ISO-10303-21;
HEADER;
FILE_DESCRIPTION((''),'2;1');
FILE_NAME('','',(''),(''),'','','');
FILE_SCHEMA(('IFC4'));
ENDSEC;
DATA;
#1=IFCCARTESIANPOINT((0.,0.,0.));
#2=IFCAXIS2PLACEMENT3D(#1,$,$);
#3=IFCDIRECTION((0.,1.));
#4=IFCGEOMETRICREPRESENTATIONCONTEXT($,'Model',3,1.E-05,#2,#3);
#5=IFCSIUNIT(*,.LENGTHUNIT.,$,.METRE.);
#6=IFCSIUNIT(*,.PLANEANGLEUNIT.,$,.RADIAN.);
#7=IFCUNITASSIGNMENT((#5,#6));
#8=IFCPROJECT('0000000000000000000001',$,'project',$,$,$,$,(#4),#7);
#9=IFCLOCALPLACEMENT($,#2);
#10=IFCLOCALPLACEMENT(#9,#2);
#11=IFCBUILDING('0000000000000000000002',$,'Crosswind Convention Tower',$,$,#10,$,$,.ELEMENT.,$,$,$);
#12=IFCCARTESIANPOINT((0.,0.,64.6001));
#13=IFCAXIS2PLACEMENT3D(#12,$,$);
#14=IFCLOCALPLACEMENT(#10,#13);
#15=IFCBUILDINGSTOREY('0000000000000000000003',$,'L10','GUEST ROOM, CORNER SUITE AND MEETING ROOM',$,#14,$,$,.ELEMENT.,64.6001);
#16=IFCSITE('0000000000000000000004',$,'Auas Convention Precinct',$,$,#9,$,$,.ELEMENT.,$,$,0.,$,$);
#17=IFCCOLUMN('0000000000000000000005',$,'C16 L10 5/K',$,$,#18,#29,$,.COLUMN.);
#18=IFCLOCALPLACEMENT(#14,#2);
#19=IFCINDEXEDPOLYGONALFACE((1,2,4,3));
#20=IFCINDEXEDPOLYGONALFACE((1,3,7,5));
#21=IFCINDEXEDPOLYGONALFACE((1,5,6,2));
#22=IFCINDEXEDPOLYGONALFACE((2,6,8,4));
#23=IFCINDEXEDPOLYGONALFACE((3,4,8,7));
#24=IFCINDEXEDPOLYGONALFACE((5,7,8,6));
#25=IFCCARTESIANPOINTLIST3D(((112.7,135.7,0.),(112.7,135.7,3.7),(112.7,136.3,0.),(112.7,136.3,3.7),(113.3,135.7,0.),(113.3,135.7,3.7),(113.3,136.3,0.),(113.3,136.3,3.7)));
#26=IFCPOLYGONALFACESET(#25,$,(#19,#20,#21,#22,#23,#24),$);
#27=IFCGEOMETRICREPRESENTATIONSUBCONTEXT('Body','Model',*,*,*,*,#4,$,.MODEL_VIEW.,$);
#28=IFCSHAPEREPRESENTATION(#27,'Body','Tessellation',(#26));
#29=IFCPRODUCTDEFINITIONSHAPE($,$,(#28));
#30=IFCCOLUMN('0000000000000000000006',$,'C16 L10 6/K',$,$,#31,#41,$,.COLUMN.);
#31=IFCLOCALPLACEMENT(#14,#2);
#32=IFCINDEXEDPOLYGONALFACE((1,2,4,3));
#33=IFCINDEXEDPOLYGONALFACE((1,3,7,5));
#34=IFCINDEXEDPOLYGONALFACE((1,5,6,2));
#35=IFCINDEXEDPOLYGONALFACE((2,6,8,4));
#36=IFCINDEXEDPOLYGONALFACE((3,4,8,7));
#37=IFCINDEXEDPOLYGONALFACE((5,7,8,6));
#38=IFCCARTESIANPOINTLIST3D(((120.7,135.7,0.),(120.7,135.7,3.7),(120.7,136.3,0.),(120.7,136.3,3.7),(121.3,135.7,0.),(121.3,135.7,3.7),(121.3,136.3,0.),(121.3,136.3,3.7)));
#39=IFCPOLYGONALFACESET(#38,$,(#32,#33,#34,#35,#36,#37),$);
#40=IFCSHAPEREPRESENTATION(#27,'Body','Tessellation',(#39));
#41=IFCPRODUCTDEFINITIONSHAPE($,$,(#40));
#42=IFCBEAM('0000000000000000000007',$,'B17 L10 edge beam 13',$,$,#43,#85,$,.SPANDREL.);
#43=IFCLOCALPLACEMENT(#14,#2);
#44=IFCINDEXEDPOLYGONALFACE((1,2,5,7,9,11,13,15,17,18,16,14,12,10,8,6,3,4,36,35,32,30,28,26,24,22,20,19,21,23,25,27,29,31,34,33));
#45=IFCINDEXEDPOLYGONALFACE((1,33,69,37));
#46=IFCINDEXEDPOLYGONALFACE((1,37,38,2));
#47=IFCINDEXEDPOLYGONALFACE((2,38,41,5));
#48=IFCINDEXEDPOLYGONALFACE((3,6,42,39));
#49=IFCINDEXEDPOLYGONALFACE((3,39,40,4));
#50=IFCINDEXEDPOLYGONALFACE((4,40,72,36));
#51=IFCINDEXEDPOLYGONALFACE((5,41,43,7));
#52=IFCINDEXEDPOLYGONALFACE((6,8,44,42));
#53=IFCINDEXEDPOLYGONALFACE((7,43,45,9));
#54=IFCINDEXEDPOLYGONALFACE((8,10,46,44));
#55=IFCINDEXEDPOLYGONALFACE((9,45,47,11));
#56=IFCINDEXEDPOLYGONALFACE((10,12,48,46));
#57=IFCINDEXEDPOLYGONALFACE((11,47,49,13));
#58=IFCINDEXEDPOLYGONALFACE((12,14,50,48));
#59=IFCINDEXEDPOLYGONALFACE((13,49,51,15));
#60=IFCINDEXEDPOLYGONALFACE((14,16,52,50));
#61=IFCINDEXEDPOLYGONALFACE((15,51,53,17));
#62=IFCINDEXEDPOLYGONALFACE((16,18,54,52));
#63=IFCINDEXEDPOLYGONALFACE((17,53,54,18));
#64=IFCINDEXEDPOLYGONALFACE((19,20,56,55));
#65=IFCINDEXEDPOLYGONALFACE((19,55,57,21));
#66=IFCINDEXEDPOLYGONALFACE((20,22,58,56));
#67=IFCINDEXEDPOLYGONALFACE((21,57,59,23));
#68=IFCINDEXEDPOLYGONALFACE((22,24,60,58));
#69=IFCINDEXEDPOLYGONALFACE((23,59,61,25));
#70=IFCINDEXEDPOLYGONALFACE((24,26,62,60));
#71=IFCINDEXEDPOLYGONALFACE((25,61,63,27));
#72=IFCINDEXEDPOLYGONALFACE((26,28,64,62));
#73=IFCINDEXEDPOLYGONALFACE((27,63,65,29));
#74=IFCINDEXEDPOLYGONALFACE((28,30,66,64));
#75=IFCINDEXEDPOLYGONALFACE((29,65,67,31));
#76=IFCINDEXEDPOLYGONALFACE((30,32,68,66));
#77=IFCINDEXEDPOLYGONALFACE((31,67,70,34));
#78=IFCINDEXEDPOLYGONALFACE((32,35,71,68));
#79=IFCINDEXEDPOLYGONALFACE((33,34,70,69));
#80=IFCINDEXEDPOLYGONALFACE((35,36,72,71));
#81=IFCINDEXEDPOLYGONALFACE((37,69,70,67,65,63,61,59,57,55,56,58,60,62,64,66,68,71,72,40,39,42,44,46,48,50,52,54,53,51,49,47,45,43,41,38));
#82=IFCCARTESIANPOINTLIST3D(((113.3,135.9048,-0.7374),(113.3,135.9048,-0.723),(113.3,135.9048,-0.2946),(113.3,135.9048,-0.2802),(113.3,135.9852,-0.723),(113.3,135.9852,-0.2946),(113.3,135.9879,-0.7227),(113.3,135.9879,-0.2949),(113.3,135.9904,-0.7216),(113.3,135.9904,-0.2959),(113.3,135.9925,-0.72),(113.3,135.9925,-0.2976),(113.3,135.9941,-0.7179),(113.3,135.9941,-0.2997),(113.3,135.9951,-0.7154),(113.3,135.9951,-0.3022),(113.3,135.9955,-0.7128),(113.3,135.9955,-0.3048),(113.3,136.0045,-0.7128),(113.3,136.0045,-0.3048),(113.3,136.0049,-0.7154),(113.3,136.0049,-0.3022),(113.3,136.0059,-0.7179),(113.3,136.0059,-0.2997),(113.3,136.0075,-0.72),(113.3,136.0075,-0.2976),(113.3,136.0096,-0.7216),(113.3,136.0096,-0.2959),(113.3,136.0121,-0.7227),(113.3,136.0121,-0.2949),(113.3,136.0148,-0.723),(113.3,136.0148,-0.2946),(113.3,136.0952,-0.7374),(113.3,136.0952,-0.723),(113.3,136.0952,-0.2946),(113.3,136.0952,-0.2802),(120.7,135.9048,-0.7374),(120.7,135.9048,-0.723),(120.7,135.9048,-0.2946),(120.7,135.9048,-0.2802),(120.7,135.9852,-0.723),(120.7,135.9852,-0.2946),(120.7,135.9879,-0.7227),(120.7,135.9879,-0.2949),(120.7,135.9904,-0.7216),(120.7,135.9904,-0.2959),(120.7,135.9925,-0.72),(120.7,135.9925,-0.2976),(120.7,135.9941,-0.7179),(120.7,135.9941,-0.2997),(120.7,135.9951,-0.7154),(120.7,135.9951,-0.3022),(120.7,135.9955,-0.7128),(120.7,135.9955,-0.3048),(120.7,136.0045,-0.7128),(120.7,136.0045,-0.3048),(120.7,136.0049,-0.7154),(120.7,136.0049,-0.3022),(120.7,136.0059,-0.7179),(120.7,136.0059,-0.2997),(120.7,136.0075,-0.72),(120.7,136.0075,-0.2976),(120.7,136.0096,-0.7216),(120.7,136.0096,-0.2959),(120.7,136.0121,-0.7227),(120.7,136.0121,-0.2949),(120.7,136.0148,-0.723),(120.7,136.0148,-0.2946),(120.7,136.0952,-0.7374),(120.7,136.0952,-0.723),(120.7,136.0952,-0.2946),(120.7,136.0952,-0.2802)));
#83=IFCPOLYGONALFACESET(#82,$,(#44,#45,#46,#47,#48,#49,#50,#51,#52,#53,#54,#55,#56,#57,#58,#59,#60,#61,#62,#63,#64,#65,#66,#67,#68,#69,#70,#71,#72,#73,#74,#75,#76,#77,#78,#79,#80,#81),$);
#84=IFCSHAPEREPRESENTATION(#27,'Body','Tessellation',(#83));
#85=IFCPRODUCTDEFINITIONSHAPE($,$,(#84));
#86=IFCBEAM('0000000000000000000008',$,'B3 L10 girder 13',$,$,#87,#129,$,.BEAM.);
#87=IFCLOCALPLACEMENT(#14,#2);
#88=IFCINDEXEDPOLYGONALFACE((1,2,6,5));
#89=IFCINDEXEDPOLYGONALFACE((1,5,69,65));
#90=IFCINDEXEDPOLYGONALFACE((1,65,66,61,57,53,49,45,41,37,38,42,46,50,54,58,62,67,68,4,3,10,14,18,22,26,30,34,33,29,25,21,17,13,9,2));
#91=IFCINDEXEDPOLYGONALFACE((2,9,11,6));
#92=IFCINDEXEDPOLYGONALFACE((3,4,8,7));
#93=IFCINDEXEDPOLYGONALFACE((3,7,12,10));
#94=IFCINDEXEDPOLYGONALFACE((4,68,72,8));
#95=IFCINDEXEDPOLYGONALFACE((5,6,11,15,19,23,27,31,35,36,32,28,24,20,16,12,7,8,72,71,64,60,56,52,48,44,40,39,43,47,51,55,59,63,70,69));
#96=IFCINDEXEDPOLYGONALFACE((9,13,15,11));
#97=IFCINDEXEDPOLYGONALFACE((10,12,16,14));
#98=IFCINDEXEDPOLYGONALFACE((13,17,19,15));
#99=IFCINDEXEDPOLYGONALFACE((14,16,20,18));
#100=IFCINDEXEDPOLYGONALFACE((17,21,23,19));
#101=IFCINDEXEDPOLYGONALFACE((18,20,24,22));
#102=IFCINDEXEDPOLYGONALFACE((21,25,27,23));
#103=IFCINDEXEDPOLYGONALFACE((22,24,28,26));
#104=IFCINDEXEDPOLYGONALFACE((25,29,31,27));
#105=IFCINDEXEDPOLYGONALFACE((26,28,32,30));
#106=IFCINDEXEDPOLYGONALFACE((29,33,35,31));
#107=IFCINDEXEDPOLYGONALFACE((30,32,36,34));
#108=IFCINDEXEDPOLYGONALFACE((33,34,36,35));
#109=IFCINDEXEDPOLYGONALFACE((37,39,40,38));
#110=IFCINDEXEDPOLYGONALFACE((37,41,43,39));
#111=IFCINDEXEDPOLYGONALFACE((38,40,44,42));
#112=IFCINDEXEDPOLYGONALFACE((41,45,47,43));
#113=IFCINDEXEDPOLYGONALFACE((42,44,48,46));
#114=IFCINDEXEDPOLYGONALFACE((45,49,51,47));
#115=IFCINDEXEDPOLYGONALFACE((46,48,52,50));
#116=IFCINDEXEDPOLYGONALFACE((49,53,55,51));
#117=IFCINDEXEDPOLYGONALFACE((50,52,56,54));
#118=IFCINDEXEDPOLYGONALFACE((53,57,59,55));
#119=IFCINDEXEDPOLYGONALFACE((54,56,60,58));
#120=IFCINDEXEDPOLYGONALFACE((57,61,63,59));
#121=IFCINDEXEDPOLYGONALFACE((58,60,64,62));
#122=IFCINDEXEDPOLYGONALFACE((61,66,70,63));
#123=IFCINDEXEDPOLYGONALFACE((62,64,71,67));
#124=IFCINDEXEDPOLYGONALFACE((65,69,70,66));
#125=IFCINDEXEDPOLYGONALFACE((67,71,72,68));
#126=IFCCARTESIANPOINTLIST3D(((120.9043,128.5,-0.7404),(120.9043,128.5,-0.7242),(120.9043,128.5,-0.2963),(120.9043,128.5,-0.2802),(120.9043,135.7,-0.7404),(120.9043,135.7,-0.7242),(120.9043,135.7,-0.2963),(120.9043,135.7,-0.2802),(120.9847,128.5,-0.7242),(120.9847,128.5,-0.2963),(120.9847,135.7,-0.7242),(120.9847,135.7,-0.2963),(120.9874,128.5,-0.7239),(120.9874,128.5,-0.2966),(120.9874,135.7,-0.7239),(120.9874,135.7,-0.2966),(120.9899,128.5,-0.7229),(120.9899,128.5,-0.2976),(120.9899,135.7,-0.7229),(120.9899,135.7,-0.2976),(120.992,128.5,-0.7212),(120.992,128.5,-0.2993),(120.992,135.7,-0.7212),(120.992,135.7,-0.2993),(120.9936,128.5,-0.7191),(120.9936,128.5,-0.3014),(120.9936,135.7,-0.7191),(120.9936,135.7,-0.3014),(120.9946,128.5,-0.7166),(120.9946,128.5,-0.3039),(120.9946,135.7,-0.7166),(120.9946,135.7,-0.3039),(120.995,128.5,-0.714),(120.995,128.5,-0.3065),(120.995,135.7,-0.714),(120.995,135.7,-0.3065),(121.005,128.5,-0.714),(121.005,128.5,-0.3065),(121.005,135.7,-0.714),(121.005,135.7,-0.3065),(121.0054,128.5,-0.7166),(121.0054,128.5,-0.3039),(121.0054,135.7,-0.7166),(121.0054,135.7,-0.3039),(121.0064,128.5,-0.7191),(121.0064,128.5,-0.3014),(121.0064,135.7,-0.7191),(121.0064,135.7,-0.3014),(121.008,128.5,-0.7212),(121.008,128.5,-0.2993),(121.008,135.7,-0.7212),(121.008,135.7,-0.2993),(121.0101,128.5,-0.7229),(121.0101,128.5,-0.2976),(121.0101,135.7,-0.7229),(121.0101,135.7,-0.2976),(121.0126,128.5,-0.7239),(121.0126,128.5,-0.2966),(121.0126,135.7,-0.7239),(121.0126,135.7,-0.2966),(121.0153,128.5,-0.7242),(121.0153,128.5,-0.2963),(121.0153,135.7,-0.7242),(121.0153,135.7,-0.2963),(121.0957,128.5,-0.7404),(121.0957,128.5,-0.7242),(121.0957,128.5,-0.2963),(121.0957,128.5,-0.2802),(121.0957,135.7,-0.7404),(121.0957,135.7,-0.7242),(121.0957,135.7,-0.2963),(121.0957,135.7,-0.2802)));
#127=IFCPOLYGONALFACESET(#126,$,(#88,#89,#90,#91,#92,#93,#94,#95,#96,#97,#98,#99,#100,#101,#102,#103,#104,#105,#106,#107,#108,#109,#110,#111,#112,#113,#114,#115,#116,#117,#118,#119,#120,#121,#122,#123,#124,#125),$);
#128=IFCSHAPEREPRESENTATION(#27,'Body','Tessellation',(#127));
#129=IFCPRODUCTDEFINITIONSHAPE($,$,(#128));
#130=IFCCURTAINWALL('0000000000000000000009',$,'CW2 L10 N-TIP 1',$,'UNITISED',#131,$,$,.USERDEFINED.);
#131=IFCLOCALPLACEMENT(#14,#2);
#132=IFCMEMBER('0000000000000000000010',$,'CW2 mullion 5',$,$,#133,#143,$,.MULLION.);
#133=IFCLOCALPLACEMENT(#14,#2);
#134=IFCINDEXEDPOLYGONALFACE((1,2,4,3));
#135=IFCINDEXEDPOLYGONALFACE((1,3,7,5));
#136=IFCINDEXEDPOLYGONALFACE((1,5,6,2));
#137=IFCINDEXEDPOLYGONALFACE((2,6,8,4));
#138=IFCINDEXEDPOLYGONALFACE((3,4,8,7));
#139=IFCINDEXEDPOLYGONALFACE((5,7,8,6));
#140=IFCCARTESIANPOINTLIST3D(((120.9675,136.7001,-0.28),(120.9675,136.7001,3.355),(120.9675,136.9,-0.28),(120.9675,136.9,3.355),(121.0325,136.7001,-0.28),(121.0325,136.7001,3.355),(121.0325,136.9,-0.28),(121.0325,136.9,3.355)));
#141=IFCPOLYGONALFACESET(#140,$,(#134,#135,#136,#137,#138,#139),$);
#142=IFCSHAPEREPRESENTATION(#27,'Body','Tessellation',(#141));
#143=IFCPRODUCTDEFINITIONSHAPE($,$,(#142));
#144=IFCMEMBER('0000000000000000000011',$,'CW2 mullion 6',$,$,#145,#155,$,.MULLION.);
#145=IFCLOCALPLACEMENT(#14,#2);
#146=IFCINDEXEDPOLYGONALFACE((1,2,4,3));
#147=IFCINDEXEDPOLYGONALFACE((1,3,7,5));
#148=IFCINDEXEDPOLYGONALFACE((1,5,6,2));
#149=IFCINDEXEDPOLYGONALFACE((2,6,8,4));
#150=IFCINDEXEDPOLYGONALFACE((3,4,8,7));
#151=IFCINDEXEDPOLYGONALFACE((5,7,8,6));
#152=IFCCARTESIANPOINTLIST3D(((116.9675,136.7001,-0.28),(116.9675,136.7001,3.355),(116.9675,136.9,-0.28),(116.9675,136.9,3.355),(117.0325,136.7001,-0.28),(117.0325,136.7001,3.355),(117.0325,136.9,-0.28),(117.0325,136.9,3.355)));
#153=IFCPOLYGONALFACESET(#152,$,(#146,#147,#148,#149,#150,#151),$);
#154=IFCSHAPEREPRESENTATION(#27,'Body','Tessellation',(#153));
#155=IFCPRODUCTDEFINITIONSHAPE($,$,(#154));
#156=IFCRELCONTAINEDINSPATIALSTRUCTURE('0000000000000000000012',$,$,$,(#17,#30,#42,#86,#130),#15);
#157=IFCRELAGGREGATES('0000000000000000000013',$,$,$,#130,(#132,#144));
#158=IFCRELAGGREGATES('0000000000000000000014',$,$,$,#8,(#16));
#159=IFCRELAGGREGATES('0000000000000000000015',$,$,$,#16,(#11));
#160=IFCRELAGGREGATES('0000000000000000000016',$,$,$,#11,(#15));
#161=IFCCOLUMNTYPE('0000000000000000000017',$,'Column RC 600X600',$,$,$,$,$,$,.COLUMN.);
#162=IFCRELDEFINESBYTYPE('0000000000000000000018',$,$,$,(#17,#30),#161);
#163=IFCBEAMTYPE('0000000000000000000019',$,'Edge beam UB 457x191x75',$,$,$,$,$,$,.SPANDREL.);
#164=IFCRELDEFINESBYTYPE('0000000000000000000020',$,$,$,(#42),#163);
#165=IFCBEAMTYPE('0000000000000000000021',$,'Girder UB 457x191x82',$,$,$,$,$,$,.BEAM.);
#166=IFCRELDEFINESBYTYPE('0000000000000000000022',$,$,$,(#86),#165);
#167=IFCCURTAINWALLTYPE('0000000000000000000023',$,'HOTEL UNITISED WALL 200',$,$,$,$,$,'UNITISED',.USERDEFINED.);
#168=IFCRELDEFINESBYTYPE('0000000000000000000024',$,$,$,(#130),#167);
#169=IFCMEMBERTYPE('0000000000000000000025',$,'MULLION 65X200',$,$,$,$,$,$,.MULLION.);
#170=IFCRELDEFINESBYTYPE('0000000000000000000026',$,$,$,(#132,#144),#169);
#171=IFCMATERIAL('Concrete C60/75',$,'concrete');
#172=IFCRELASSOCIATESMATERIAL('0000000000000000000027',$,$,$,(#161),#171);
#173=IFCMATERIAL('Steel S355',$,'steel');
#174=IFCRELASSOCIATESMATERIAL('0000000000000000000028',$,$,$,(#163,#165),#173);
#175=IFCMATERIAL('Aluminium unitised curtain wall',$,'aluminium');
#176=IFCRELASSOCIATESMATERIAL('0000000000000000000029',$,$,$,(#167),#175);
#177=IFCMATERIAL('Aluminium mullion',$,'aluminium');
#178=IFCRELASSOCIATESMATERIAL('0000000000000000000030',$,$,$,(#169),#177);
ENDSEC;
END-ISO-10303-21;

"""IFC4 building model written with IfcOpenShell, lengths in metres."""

from ifc_helpers import new_model, si_unit, direction, frame, origin, origin_2d, place, context, subcontext, project, spatial, rectangle, i_section, extrude, material, material_profile, profile_set, type_object, element, aggregate, save


model = new_model("IFC4")

# Units and contexts
model_context = context("Model", 3, precision=1e-05, world=origin(), true_north=direction((0.0, 1.0)))
body_context = subcontext(model_context, "Body", "Model", "MODEL_VIEW")
ifc_project = project(units=[si_unit("LENGTHUNIT", "METRE"), si_unit("PLANEANGLEUNIT", "RADIAN")], contexts=[model_context])

# Site, building, storey
site_placement = place(None, origin())
site = spatial("IfcSite", under=ifc_project, at=site_placement, Name="Auas Convention Precinct", CompositionType="ELEMENT", RefElevation=0.0)
building_placement = place(site_placement, origin())
building = spatial("IfcBuilding", under=site, at=building_placement, Name="Crosswind Convention Tower", CompositionType="ELEMENT")
storey_placement = place(building_placement, frame((0.0, 0.0, 64.6001)))
storey = spatial("IfcBuildingStorey", under=building, at=storey_placement, Name="L10", Description="GUEST ROOM, CORNER SUITE AND MEETING ROOM", CompositionType="ELEMENT", Elevation=64.6001)

# Columns
ifc_material_1 = material(Name="Concrete C60/75", Category="concrete")
ifc_material_profile_1 = material_profile(ifc_material_1, rectangle(XDim=0.6001, YDim=0.6001, at=origin_2d()), Name="RC 600X600")
ifc_profile_set_1 = profile_set([ifc_material_profile_1], Name="Concrete C60/75")
column_type = type_object("IfcColumnType", Name="Column RC 600X600", PredefinedType="COLUMN", material=ifc_profile_set_1)
for number, where, z_axis, x_axis, name in (
    (1, (113.0, 136.0, 0.0), (0.0, 0.0, 1.0), (1.0, 0.0, 0.0), "C16 L10 5/K"),
    (2, (121.0, 136.0, 0.0), (0.0, 0.0, 1.0), (1.0, 0.0, 0.0), "C16 L10 6/K"),
):
    element("IfcColumn", number, at=place(storey_placement, frame(where, z_axis=z_axis, x_axis=x_axis)), inside=storey, type_object=column_type, Name=name, PredefinedType="COLUMN", context=body_context, shape_type="SweptSolid", body=[
        extrude(rectangle(XDim=0.6001, YDim=0.6001, at=origin_2d()), origin(), (0.0, 0.0, 1.0), 3.7),
    ])

# Beams
ifc_material_2 = material(Name="Steel S355", Category="steel")
ifc_material_profile_2 = material_profile(ifc_material_2, i_section(OverallWidth=0.1904, OverallDepth=0.4573, WebThickness=0.009, FlangeThickness=0.0144, FilletRadius=0.0103, at=origin_2d()), Name="UB 457x191x75")
ifc_profile_set_2 = profile_set([ifc_material_profile_2], Name="Steel S355")
beam_type_1 = type_object("IfcBeamType", Name="Edge beam UB 457x191x75", PredefinedType="SPANDREL", material=ifc_profile_set_2)
beam_1_placement = place(storey_placement, frame((113.3, 136.0, -0.5088), z_axis=(1.0, 0.0, 0.0), x_axis=(0.0, 1.0, 0.0)))
element("IfcBeam", 3, at=beam_1_placement, inside=storey, type_object=beam_type_1, Name="B17 L10 edge beam 13", PredefinedType="SPANDREL", context=body_context, shape_type="SweptSolid", body=[
    extrude(i_section(OverallWidth=0.1904, OverallDepth=0.4573, WebThickness=0.009, FlangeThickness=0.0144, FilletRadius=0.0103, at=origin_2d()), origin(), (0.0, 0.0, 1.0), 7.3999),
])
ifc_material_profile_3 = material_profile(ifc_material_2, i_section(OverallWidth=0.1914, OverallDepth=0.4602, WebThickness=0.01, FlangeThickness=0.0161, FilletRadius=0.0103, at=origin_2d()), Name="UB 457x191x82")
ifc_profile_set_3 = profile_set([ifc_material_profile_3], Name="Steel S355")
beam_type_2 = type_object("IfcBeamType", Name="Girder UB 457x191x82", PredefinedType="BEAM", material=ifc_profile_set_3)
beam_2_placement = place(storey_placement, frame((121.0, 128.5, -0.5103), z_axis=(0.0, 1.0, 0.0), x_axis=(-1.0, 0.0, 0.0)))
element("IfcBeam", 4, at=beam_2_placement, inside=storey, type_object=beam_type_2, Name="B3 L10 girder 13", PredefinedType="BEAM", context=body_context, shape_type="SweptSolid", body=[
    extrude(i_section(OverallWidth=0.1914, OverallDepth=0.4602, WebThickness=0.01, FlangeThickness=0.0161, FilletRadius=0.0103, at=origin_2d()), origin(), (0.0, 0.0, 1.0), 7.2),
])

# Curtain wall, members
ifc_material_3 = material(Name="Aluminium unitised curtain wall", Category="aluminium")
curtain_wall_type = type_object("IfcCurtainWallType", Name="HOTEL UNITISED WALL 200", ElementType="UNITISED", PredefinedType="USERDEFINED", material=ifc_material_3)
curtain_wall_placement = place(storey_placement, origin())
curtain_wall = element("IfcCurtainWall", 5, at=curtain_wall_placement, inside=storey, type_object=curtain_wall_type, Name="CW2 L10 N-TIP 1", ObjectType="UNITISED", PredefinedType="USERDEFINED")
ifc_material_4 = material(Name="Aluminium mullion", Category="aluminium")
ifc_material_profile_4 = material_profile(ifc_material_4, rectangle(XDim=0.2, YDim=0.0649, at=origin_2d()), Name="AL 200X65")
ifc_profile_set_4 = profile_set([ifc_material_profile_4], Name="Aluminium mullion")
member_type = type_object("IfcMemberType", Name="MULLION 65X200", PredefinedType="MULLION", material=ifc_profile_set_4)
member_1_placement = place(storey_placement, frame((121.0, 136.8, -0.28), z_axis=(0.0, 0.0, 1.0), x_axis=(0.0, 1.0, 0.0)))
member_1 = element("IfcMember", 6, at=member_1_placement, type_object=member_type, Name="CW2 mullion 5", PredefinedType="MULLION", context=body_context, shape_type="SweptSolid", body=[
    extrude(rectangle(XDim=0.2, YDim=0.0649, at=origin_2d()), origin(), (0.0, 0.0, 1.0), 3.635),
])
member_2_placement = place(storey_placement, frame((117.0, 136.8, -0.28), z_axis=(0.0, 0.0, 1.0), x_axis=(0.0, 1.0, 0.0)))
member_2 = element("IfcMember", 7, at=member_2_placement, type_object=member_type, Name="CW2 mullion 6", PredefinedType="MULLION", context=body_context, shape_type="SweptSolid", body=[
    extrude(rectangle(XDim=0.2, YDim=0.0649, at=origin_2d()), origin(), (0.0, 0.0, 1.0), 3.635),
])

aggregate(curtain_wall, [member_1, member_2])

save(model, "model.ifc")
